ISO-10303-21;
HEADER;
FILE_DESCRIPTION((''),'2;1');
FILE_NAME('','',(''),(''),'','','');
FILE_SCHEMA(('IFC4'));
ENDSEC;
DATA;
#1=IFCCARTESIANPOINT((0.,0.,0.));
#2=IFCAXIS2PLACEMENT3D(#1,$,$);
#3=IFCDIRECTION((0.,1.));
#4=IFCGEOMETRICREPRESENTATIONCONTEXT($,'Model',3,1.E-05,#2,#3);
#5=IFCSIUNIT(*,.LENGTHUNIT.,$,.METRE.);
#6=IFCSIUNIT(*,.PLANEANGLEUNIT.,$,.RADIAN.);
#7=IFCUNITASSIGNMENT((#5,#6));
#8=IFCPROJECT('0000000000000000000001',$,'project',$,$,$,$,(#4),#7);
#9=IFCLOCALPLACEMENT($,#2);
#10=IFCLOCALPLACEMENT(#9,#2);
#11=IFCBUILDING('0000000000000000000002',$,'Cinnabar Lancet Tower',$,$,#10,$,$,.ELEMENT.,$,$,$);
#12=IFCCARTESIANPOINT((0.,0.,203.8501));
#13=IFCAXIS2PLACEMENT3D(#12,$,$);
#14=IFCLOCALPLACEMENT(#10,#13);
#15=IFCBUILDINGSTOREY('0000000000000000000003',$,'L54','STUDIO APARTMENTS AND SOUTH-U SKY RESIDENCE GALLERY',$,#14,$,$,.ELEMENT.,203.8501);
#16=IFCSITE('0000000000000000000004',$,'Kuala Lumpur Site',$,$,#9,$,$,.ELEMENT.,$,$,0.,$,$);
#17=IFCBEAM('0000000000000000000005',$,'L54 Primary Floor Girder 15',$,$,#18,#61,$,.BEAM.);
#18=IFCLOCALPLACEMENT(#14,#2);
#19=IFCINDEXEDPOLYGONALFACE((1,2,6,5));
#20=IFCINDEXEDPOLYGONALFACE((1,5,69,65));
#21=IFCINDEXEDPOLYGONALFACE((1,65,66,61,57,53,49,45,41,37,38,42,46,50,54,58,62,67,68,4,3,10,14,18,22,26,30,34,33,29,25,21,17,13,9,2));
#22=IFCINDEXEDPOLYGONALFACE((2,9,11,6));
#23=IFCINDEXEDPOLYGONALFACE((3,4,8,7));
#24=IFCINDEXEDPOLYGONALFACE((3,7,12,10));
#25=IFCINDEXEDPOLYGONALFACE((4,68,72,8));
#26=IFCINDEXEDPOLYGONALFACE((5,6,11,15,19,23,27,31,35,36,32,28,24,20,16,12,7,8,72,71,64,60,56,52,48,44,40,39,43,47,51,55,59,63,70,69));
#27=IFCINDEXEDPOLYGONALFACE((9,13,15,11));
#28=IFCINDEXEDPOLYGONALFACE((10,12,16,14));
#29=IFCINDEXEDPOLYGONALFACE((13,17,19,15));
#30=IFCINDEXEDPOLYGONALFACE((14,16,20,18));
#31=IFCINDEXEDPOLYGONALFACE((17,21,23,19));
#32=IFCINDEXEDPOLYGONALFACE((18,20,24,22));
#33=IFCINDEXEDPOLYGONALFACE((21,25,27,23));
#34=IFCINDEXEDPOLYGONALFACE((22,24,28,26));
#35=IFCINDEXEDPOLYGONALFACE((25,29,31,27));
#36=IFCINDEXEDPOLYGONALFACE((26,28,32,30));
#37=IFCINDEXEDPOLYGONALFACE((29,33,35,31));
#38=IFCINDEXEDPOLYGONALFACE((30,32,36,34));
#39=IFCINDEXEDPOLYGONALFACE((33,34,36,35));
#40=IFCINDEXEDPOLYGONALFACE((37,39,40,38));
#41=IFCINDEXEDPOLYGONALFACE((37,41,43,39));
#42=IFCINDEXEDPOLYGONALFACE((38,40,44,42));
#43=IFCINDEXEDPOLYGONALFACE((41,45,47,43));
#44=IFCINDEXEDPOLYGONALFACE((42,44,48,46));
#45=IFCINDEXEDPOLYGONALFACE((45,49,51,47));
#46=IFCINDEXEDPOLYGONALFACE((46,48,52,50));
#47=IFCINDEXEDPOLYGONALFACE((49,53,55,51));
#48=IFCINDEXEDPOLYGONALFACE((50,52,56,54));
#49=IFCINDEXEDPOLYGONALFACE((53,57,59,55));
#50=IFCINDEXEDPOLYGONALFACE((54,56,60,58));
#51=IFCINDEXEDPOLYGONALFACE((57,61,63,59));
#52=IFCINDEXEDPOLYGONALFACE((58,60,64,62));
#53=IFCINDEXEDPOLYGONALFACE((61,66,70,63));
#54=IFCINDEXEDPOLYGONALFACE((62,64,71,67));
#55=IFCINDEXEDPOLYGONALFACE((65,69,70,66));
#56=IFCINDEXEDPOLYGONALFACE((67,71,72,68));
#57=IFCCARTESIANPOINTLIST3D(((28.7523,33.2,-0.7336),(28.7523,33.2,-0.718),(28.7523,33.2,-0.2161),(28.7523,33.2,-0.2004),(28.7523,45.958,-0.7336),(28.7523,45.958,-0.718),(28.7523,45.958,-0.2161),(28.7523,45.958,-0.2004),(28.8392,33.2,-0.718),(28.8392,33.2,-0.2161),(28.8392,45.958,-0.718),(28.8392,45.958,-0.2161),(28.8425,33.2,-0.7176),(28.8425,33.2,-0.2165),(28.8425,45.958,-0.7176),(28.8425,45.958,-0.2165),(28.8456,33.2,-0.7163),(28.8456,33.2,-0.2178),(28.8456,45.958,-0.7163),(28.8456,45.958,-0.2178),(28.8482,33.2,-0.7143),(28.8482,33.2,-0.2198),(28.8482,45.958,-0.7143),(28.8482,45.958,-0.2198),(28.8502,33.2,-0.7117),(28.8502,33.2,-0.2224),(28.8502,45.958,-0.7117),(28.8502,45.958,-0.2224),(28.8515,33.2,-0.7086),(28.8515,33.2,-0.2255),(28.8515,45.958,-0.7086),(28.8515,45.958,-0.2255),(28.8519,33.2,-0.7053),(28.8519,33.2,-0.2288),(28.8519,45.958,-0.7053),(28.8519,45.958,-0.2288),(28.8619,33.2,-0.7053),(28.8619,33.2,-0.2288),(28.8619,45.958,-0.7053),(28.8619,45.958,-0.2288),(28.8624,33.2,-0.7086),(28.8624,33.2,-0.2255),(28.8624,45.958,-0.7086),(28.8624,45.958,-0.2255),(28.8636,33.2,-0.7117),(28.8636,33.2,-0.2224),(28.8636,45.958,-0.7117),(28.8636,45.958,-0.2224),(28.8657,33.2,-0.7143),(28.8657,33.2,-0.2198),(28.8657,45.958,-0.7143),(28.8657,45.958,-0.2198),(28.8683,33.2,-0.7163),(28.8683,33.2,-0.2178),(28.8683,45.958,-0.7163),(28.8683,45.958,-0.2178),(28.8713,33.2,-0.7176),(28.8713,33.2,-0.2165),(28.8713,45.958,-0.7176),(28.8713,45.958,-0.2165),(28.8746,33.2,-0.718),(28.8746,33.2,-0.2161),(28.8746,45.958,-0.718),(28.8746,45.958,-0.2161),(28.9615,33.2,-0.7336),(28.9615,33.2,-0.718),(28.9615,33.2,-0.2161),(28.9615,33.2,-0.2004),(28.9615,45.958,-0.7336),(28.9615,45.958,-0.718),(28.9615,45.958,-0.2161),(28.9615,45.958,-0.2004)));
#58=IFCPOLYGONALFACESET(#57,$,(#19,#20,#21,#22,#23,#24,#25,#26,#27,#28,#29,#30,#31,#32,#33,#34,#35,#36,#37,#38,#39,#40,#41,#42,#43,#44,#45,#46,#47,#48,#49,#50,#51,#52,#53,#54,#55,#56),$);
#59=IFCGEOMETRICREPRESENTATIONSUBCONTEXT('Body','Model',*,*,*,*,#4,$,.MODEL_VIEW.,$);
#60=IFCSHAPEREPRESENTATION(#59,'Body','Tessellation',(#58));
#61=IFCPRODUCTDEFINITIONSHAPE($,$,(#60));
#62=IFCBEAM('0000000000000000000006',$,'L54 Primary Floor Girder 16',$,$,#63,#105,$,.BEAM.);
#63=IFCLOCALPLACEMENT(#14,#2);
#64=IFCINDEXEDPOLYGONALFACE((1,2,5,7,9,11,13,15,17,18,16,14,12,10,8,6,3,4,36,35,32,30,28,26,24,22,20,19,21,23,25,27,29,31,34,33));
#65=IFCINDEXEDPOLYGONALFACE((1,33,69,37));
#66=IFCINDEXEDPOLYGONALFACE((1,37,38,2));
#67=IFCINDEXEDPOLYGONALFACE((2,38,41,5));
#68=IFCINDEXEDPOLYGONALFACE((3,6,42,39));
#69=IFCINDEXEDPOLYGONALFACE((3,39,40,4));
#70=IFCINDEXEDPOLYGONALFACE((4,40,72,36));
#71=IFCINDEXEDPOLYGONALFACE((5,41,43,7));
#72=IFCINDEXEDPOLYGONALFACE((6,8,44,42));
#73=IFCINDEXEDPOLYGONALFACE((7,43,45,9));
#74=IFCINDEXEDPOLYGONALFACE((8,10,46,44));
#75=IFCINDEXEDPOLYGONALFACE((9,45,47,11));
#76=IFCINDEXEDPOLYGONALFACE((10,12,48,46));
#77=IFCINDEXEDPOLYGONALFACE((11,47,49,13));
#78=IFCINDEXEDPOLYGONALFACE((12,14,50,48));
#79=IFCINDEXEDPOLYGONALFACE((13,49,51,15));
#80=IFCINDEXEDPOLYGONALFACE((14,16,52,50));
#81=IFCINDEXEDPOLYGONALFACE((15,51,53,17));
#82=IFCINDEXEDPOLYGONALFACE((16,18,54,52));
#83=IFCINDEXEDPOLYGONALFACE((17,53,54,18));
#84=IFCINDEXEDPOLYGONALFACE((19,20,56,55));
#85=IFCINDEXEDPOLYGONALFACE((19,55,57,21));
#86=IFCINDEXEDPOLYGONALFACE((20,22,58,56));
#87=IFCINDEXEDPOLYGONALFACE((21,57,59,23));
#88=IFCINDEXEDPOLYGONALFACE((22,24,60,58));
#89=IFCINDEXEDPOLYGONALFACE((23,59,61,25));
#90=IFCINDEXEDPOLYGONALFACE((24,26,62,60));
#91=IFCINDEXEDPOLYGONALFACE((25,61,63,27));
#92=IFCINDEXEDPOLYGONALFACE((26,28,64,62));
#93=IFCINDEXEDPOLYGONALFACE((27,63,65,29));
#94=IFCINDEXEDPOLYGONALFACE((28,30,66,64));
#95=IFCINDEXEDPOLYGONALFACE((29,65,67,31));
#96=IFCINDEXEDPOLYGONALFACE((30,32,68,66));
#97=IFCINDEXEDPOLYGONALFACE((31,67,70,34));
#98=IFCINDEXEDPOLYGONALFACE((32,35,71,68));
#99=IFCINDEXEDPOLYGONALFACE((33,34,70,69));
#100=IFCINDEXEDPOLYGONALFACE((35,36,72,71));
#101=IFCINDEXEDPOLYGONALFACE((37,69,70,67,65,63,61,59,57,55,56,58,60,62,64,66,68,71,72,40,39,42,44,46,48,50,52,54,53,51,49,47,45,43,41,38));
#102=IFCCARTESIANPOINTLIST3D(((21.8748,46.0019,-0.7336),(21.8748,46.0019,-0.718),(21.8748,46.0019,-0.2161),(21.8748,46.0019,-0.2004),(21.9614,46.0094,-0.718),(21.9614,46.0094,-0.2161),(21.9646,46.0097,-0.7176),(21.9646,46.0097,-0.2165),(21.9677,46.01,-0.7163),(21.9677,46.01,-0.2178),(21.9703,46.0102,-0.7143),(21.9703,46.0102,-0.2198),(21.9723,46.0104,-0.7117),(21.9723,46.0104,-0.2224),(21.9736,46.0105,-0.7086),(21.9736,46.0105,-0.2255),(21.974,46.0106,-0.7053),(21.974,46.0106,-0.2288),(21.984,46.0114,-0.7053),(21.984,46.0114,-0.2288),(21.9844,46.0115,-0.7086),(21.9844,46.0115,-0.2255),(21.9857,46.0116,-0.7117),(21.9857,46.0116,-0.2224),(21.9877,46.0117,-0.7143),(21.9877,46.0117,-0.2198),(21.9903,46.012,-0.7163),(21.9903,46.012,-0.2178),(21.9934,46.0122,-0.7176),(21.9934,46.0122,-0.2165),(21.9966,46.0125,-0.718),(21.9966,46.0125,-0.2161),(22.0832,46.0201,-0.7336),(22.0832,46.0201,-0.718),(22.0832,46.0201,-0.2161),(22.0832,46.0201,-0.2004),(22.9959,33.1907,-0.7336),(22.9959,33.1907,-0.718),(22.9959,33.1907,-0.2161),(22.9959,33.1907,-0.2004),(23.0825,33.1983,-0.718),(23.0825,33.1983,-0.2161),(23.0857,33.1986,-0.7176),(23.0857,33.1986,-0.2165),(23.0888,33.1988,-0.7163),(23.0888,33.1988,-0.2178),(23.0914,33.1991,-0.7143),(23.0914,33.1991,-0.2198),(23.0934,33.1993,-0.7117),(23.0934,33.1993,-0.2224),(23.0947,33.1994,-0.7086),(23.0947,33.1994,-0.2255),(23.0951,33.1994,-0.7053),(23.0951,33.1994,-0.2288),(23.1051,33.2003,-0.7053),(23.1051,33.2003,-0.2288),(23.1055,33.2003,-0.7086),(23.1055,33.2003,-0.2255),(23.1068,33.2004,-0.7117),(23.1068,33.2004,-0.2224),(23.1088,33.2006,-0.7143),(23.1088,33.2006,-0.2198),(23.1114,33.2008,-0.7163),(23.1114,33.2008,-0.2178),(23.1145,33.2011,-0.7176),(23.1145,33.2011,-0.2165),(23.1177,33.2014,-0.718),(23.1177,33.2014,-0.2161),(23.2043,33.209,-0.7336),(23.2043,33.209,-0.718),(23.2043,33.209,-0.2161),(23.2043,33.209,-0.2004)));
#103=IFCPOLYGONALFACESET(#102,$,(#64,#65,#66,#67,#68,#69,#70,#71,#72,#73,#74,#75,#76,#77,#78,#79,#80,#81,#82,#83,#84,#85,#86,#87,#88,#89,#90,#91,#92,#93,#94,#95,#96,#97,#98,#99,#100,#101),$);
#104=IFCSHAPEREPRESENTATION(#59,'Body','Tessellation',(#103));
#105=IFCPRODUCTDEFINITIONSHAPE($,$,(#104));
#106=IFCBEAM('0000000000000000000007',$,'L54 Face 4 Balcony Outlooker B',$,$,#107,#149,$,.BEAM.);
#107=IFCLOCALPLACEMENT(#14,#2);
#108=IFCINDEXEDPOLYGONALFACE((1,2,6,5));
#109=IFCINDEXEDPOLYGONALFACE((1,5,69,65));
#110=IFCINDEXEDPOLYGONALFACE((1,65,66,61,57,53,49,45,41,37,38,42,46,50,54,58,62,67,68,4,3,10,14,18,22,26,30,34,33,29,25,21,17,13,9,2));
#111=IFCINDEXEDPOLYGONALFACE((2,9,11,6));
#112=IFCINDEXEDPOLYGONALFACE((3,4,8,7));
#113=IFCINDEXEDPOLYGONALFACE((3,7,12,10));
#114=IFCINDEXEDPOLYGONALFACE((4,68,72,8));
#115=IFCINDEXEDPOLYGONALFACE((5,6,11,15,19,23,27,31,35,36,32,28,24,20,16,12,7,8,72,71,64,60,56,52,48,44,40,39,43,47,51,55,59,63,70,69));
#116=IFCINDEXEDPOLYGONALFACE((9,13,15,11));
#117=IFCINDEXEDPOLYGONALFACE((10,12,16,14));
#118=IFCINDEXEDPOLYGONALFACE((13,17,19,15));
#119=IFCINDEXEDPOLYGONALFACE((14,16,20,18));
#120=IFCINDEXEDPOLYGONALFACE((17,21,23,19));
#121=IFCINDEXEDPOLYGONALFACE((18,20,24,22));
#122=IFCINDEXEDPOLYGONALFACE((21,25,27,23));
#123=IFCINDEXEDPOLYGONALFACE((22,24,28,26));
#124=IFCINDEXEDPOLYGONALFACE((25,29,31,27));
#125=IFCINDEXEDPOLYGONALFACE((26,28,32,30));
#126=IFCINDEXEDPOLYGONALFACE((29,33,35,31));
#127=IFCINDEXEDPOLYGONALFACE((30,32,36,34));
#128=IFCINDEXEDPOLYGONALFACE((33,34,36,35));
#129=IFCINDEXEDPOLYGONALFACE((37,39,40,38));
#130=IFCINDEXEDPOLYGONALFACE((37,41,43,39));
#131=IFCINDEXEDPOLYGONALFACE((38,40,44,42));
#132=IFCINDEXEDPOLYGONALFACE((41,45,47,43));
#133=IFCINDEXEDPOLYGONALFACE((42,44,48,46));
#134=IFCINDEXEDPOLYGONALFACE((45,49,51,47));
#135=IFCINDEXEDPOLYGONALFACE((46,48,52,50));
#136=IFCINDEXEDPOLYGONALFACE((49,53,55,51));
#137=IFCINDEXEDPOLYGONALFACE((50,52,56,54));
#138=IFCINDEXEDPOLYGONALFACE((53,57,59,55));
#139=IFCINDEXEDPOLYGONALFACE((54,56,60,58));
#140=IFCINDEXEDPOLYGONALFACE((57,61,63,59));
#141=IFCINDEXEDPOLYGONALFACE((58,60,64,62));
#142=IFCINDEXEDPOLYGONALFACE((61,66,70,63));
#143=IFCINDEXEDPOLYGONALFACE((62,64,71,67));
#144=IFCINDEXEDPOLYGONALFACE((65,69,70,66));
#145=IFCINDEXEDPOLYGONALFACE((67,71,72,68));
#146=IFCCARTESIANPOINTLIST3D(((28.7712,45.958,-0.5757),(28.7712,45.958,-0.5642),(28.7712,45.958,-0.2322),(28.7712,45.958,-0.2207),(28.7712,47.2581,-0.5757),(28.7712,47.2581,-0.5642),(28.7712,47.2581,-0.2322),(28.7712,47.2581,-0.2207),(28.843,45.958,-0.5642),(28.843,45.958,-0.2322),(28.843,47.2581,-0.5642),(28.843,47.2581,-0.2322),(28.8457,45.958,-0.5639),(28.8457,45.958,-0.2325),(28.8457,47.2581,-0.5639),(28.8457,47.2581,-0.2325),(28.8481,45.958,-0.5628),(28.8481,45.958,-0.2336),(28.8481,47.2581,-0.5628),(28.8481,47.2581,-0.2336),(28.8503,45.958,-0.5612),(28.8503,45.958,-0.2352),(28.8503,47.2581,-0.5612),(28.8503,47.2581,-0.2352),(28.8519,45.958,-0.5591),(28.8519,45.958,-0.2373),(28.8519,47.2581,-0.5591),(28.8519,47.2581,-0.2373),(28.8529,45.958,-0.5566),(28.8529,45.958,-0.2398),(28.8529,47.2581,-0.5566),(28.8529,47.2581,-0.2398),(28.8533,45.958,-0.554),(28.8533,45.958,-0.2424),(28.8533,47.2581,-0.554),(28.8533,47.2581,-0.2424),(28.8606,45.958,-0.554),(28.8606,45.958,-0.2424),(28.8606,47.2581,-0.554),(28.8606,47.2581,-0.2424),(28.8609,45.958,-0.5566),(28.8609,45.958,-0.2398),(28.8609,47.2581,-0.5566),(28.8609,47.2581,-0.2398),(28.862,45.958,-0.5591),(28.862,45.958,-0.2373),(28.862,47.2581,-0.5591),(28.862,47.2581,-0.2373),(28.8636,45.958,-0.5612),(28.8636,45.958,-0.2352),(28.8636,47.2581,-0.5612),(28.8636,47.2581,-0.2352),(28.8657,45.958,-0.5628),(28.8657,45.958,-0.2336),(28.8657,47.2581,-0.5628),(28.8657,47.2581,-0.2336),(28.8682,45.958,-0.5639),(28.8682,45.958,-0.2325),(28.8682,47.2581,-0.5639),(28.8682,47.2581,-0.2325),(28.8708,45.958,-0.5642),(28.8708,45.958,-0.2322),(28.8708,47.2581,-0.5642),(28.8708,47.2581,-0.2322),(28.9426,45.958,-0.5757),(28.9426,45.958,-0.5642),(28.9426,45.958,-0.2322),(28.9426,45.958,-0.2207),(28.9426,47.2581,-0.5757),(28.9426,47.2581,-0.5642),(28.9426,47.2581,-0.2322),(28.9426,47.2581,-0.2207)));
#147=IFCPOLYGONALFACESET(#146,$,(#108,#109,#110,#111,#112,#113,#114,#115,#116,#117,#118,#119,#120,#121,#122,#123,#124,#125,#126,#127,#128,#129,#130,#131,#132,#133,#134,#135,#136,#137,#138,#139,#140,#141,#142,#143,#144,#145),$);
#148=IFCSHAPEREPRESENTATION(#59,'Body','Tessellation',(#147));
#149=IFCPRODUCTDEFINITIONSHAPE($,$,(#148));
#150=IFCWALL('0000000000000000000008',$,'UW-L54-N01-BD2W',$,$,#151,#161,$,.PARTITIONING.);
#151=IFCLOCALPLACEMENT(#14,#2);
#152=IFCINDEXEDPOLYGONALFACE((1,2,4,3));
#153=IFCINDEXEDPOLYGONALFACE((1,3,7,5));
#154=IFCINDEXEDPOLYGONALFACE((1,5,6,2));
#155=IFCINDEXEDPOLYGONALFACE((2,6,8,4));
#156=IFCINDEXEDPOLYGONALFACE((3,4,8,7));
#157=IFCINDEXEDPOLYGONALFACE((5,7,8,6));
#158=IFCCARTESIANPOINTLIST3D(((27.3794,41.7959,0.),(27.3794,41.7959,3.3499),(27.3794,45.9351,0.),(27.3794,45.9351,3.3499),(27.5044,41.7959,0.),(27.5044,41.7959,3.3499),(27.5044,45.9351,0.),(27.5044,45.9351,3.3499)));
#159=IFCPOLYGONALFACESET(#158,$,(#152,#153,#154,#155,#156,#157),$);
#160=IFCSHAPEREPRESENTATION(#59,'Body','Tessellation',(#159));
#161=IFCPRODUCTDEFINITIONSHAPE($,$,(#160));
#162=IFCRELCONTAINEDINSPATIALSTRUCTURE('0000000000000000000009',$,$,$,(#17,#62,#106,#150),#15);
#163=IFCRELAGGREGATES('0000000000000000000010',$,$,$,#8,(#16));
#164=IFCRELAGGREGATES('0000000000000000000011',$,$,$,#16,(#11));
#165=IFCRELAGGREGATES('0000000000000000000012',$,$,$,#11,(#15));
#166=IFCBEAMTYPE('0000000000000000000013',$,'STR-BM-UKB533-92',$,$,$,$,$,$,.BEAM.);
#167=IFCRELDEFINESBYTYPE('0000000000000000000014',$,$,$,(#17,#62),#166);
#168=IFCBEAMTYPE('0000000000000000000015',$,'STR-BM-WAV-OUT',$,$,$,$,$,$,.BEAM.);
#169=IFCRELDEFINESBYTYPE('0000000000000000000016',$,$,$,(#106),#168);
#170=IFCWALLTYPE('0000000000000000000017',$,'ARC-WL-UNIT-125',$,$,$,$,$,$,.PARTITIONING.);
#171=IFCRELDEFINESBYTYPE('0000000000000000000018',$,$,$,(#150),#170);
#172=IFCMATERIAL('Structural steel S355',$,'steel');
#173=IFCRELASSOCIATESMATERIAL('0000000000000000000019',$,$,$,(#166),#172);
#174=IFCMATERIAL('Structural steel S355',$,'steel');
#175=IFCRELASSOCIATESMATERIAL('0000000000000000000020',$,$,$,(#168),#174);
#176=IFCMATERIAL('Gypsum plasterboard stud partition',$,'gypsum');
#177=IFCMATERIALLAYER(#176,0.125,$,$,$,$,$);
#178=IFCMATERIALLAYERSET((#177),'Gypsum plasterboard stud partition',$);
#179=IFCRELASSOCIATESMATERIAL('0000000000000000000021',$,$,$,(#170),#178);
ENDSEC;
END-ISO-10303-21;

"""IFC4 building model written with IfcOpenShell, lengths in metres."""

from ifc_helpers import new_model, si_unit, direction, frame, frame_2d, origin, origin_2d, place, context, subcontext, project, spatial, rectangle, i_section, extrude, material, layer, layer_set, material_profile, profile_set, type_object, element, save


model = new_model("IFC4")

# Units and contexts
model_context = context("Model", 3, precision=1e-05, world=origin(), true_north=direction((0.0, 1.0)))
body_context = subcontext(model_context, "Body", "Model", "MODEL_VIEW")
ifc_project = project(units=[si_unit("LENGTHUNIT", "METRE"), si_unit("PLANEANGLEUNIT", "RADIAN")], contexts=[model_context])

# Site, building, storey
site_placement = place(None, origin())
site = spatial("IfcSite", under=ifc_project, at=site_placement, Name="Kuala Lumpur Site", CompositionType="ELEMENT", RefElevation=0.0)
building_placement = place(site_placement, origin())
building = spatial("IfcBuilding", under=site, at=building_placement, Name="Cinnabar Lancet Tower", CompositionType="ELEMENT")
storey_placement = place(building_placement, frame((0.0, 0.0, 203.8501)))
storey = spatial("IfcBuildingStorey", under=building, at=storey_placement, Name="L54", Description="STUDIO APARTMENTS AND SOUTH-U SKY RESIDENCE GALLERY", CompositionType="ELEMENT", Elevation=203.8501)

# Beams
ifc_material_1 = material(Name="Structural steel S355", Category="steel")
ifc_material_profile_1 = material_profile(ifc_material_1, i_section(OverallWidth=0.2092, OverallDepth=0.5332, WebThickness=0.01, FlangeThickness=0.0156, FilletRadius=0.0127, at=origin_2d()), Name="UKB 533x210x92")
ifc_profile_set_1 = profile_set([ifc_material_profile_1], Name="Structural steel S355")
beam_type_1 = type_object("IfcBeamType", Name="STR-BM-UKB533-92", PredefinedType="BEAM", material=ifc_profile_set_1)
beam_1_placement = place(storey_placement, frame((28.8569, 45.958, -0.467), z_axis=(0.0, -1.0, 0.0), x_axis=(1.0, 0.0, 0.0)))
element("IfcBeam", 1, at=beam_1_placement, inside=storey, type_object=beam_type_1, Name="L54 Primary Floor Girder 15", PredefinedType="BEAM", context=body_context, shape_type="SweptSolid", body=[
    extrude(i_section(OverallWidth=0.2092, OverallDepth=0.5332, WebThickness=0.01, FlangeThickness=0.0156, FilletRadius=0.0127, at=origin_2d()), origin(), (0.0, 0.0, 1.0), 12.7581),
])
beam_2_placement = place(storey_placement, frame((21.979, 46.011, -0.467), z_axis=(0.087177, -0.996193, 0.0), x_axis=(0.996193, 0.087177, 0.0)))
element("IfcBeam", 2, at=beam_2_placement, inside=storey, type_object=beam_type_1, Name="L54 Primary Floor Girder 16", PredefinedType="BEAM", context=body_context, shape_type="SweptSolid", body=[
    extrude(i_section(OverallWidth=0.2092, OverallDepth=0.5332, WebThickness=0.01, FlangeThickness=0.0156, FilletRadius=0.0127, at=origin_2d()), origin(), (0.0, 0.0, 1.0), 12.8601),
])
ifc_material_2 = material(Name="Structural steel S355", Category="steel")
ifc_material_profile_2 = material_profile(ifc_material_2, i_section(OverallWidth=0.1714, OverallDepth=0.355, WebThickness=0.0073, FlangeThickness=0.0115, FilletRadius=0.0103, at=origin_2d()), Name="UKB 356x171x51")
ifc_profile_set_2 = profile_set([ifc_material_profile_2], Name="Structural steel S355")
beam_type_2 = type_object("IfcBeamType", Name="STR-BM-WAV-OUT", PredefinedType="BEAM", material=ifc_profile_set_2)
beam_3_placement = place(storey_placement, frame((28.8569, 45.958, -0.3982), z_axis=(0.0, 1.0, 0.0), x_axis=(-1.0, 0.0, 0.0)))
element("IfcBeam", 3, at=beam_3_placement, inside=storey, type_object=beam_type_2, Name="L54 Face 4 Balcony Outlooker B", PredefinedType="BEAM", context=body_context, shape_type="SweptSolid", body=[
    extrude(i_section(OverallWidth=0.1714, OverallDepth=0.355, WebThickness=0.0073, FlangeThickness=0.0115, FilletRadius=0.0103, at=origin_2d()), origin(), (0.0, 0.0, 1.0), 1.3),
])

# Wall
ifc_material_3 = material(Name="Gypsum plasterboard stud partition", Category="gypsum")
ifc_layer_1 = layer(ifc_material_3, 0.125)
ifc_layer_set_1 = layer_set([ifc_layer_1], Name="Gypsum plasterboard stud partition")
wall_type_1 = type_object("IfcWallType", Name="ARC-WL-UNIT-125", PredefinedType="PARTITIONING", material=ifc_layer_set_1)
wall_1_placement = place(storey_placement, frame((27.4419, 41.7959, 0.0), z_axis=(0.0, 0.0, 1.0), x_axis=(0.0, 1.0, 0.0)))
element("IfcWall", 4, at=wall_1_placement, inside=storey, type_object=wall_type_1, Name="UW-L54-N01-BD2W", PredefinedType="PARTITIONING", context=body_context, shape_type="SweptSolid", body=[
    extrude(rectangle(XDim=4.1392, YDim=0.125, at=frame_2d((2.0696, 0.0))), origin(), (0.0, 0.0, 1.0), 3.3499),
])

save(model, "model.ifc")
